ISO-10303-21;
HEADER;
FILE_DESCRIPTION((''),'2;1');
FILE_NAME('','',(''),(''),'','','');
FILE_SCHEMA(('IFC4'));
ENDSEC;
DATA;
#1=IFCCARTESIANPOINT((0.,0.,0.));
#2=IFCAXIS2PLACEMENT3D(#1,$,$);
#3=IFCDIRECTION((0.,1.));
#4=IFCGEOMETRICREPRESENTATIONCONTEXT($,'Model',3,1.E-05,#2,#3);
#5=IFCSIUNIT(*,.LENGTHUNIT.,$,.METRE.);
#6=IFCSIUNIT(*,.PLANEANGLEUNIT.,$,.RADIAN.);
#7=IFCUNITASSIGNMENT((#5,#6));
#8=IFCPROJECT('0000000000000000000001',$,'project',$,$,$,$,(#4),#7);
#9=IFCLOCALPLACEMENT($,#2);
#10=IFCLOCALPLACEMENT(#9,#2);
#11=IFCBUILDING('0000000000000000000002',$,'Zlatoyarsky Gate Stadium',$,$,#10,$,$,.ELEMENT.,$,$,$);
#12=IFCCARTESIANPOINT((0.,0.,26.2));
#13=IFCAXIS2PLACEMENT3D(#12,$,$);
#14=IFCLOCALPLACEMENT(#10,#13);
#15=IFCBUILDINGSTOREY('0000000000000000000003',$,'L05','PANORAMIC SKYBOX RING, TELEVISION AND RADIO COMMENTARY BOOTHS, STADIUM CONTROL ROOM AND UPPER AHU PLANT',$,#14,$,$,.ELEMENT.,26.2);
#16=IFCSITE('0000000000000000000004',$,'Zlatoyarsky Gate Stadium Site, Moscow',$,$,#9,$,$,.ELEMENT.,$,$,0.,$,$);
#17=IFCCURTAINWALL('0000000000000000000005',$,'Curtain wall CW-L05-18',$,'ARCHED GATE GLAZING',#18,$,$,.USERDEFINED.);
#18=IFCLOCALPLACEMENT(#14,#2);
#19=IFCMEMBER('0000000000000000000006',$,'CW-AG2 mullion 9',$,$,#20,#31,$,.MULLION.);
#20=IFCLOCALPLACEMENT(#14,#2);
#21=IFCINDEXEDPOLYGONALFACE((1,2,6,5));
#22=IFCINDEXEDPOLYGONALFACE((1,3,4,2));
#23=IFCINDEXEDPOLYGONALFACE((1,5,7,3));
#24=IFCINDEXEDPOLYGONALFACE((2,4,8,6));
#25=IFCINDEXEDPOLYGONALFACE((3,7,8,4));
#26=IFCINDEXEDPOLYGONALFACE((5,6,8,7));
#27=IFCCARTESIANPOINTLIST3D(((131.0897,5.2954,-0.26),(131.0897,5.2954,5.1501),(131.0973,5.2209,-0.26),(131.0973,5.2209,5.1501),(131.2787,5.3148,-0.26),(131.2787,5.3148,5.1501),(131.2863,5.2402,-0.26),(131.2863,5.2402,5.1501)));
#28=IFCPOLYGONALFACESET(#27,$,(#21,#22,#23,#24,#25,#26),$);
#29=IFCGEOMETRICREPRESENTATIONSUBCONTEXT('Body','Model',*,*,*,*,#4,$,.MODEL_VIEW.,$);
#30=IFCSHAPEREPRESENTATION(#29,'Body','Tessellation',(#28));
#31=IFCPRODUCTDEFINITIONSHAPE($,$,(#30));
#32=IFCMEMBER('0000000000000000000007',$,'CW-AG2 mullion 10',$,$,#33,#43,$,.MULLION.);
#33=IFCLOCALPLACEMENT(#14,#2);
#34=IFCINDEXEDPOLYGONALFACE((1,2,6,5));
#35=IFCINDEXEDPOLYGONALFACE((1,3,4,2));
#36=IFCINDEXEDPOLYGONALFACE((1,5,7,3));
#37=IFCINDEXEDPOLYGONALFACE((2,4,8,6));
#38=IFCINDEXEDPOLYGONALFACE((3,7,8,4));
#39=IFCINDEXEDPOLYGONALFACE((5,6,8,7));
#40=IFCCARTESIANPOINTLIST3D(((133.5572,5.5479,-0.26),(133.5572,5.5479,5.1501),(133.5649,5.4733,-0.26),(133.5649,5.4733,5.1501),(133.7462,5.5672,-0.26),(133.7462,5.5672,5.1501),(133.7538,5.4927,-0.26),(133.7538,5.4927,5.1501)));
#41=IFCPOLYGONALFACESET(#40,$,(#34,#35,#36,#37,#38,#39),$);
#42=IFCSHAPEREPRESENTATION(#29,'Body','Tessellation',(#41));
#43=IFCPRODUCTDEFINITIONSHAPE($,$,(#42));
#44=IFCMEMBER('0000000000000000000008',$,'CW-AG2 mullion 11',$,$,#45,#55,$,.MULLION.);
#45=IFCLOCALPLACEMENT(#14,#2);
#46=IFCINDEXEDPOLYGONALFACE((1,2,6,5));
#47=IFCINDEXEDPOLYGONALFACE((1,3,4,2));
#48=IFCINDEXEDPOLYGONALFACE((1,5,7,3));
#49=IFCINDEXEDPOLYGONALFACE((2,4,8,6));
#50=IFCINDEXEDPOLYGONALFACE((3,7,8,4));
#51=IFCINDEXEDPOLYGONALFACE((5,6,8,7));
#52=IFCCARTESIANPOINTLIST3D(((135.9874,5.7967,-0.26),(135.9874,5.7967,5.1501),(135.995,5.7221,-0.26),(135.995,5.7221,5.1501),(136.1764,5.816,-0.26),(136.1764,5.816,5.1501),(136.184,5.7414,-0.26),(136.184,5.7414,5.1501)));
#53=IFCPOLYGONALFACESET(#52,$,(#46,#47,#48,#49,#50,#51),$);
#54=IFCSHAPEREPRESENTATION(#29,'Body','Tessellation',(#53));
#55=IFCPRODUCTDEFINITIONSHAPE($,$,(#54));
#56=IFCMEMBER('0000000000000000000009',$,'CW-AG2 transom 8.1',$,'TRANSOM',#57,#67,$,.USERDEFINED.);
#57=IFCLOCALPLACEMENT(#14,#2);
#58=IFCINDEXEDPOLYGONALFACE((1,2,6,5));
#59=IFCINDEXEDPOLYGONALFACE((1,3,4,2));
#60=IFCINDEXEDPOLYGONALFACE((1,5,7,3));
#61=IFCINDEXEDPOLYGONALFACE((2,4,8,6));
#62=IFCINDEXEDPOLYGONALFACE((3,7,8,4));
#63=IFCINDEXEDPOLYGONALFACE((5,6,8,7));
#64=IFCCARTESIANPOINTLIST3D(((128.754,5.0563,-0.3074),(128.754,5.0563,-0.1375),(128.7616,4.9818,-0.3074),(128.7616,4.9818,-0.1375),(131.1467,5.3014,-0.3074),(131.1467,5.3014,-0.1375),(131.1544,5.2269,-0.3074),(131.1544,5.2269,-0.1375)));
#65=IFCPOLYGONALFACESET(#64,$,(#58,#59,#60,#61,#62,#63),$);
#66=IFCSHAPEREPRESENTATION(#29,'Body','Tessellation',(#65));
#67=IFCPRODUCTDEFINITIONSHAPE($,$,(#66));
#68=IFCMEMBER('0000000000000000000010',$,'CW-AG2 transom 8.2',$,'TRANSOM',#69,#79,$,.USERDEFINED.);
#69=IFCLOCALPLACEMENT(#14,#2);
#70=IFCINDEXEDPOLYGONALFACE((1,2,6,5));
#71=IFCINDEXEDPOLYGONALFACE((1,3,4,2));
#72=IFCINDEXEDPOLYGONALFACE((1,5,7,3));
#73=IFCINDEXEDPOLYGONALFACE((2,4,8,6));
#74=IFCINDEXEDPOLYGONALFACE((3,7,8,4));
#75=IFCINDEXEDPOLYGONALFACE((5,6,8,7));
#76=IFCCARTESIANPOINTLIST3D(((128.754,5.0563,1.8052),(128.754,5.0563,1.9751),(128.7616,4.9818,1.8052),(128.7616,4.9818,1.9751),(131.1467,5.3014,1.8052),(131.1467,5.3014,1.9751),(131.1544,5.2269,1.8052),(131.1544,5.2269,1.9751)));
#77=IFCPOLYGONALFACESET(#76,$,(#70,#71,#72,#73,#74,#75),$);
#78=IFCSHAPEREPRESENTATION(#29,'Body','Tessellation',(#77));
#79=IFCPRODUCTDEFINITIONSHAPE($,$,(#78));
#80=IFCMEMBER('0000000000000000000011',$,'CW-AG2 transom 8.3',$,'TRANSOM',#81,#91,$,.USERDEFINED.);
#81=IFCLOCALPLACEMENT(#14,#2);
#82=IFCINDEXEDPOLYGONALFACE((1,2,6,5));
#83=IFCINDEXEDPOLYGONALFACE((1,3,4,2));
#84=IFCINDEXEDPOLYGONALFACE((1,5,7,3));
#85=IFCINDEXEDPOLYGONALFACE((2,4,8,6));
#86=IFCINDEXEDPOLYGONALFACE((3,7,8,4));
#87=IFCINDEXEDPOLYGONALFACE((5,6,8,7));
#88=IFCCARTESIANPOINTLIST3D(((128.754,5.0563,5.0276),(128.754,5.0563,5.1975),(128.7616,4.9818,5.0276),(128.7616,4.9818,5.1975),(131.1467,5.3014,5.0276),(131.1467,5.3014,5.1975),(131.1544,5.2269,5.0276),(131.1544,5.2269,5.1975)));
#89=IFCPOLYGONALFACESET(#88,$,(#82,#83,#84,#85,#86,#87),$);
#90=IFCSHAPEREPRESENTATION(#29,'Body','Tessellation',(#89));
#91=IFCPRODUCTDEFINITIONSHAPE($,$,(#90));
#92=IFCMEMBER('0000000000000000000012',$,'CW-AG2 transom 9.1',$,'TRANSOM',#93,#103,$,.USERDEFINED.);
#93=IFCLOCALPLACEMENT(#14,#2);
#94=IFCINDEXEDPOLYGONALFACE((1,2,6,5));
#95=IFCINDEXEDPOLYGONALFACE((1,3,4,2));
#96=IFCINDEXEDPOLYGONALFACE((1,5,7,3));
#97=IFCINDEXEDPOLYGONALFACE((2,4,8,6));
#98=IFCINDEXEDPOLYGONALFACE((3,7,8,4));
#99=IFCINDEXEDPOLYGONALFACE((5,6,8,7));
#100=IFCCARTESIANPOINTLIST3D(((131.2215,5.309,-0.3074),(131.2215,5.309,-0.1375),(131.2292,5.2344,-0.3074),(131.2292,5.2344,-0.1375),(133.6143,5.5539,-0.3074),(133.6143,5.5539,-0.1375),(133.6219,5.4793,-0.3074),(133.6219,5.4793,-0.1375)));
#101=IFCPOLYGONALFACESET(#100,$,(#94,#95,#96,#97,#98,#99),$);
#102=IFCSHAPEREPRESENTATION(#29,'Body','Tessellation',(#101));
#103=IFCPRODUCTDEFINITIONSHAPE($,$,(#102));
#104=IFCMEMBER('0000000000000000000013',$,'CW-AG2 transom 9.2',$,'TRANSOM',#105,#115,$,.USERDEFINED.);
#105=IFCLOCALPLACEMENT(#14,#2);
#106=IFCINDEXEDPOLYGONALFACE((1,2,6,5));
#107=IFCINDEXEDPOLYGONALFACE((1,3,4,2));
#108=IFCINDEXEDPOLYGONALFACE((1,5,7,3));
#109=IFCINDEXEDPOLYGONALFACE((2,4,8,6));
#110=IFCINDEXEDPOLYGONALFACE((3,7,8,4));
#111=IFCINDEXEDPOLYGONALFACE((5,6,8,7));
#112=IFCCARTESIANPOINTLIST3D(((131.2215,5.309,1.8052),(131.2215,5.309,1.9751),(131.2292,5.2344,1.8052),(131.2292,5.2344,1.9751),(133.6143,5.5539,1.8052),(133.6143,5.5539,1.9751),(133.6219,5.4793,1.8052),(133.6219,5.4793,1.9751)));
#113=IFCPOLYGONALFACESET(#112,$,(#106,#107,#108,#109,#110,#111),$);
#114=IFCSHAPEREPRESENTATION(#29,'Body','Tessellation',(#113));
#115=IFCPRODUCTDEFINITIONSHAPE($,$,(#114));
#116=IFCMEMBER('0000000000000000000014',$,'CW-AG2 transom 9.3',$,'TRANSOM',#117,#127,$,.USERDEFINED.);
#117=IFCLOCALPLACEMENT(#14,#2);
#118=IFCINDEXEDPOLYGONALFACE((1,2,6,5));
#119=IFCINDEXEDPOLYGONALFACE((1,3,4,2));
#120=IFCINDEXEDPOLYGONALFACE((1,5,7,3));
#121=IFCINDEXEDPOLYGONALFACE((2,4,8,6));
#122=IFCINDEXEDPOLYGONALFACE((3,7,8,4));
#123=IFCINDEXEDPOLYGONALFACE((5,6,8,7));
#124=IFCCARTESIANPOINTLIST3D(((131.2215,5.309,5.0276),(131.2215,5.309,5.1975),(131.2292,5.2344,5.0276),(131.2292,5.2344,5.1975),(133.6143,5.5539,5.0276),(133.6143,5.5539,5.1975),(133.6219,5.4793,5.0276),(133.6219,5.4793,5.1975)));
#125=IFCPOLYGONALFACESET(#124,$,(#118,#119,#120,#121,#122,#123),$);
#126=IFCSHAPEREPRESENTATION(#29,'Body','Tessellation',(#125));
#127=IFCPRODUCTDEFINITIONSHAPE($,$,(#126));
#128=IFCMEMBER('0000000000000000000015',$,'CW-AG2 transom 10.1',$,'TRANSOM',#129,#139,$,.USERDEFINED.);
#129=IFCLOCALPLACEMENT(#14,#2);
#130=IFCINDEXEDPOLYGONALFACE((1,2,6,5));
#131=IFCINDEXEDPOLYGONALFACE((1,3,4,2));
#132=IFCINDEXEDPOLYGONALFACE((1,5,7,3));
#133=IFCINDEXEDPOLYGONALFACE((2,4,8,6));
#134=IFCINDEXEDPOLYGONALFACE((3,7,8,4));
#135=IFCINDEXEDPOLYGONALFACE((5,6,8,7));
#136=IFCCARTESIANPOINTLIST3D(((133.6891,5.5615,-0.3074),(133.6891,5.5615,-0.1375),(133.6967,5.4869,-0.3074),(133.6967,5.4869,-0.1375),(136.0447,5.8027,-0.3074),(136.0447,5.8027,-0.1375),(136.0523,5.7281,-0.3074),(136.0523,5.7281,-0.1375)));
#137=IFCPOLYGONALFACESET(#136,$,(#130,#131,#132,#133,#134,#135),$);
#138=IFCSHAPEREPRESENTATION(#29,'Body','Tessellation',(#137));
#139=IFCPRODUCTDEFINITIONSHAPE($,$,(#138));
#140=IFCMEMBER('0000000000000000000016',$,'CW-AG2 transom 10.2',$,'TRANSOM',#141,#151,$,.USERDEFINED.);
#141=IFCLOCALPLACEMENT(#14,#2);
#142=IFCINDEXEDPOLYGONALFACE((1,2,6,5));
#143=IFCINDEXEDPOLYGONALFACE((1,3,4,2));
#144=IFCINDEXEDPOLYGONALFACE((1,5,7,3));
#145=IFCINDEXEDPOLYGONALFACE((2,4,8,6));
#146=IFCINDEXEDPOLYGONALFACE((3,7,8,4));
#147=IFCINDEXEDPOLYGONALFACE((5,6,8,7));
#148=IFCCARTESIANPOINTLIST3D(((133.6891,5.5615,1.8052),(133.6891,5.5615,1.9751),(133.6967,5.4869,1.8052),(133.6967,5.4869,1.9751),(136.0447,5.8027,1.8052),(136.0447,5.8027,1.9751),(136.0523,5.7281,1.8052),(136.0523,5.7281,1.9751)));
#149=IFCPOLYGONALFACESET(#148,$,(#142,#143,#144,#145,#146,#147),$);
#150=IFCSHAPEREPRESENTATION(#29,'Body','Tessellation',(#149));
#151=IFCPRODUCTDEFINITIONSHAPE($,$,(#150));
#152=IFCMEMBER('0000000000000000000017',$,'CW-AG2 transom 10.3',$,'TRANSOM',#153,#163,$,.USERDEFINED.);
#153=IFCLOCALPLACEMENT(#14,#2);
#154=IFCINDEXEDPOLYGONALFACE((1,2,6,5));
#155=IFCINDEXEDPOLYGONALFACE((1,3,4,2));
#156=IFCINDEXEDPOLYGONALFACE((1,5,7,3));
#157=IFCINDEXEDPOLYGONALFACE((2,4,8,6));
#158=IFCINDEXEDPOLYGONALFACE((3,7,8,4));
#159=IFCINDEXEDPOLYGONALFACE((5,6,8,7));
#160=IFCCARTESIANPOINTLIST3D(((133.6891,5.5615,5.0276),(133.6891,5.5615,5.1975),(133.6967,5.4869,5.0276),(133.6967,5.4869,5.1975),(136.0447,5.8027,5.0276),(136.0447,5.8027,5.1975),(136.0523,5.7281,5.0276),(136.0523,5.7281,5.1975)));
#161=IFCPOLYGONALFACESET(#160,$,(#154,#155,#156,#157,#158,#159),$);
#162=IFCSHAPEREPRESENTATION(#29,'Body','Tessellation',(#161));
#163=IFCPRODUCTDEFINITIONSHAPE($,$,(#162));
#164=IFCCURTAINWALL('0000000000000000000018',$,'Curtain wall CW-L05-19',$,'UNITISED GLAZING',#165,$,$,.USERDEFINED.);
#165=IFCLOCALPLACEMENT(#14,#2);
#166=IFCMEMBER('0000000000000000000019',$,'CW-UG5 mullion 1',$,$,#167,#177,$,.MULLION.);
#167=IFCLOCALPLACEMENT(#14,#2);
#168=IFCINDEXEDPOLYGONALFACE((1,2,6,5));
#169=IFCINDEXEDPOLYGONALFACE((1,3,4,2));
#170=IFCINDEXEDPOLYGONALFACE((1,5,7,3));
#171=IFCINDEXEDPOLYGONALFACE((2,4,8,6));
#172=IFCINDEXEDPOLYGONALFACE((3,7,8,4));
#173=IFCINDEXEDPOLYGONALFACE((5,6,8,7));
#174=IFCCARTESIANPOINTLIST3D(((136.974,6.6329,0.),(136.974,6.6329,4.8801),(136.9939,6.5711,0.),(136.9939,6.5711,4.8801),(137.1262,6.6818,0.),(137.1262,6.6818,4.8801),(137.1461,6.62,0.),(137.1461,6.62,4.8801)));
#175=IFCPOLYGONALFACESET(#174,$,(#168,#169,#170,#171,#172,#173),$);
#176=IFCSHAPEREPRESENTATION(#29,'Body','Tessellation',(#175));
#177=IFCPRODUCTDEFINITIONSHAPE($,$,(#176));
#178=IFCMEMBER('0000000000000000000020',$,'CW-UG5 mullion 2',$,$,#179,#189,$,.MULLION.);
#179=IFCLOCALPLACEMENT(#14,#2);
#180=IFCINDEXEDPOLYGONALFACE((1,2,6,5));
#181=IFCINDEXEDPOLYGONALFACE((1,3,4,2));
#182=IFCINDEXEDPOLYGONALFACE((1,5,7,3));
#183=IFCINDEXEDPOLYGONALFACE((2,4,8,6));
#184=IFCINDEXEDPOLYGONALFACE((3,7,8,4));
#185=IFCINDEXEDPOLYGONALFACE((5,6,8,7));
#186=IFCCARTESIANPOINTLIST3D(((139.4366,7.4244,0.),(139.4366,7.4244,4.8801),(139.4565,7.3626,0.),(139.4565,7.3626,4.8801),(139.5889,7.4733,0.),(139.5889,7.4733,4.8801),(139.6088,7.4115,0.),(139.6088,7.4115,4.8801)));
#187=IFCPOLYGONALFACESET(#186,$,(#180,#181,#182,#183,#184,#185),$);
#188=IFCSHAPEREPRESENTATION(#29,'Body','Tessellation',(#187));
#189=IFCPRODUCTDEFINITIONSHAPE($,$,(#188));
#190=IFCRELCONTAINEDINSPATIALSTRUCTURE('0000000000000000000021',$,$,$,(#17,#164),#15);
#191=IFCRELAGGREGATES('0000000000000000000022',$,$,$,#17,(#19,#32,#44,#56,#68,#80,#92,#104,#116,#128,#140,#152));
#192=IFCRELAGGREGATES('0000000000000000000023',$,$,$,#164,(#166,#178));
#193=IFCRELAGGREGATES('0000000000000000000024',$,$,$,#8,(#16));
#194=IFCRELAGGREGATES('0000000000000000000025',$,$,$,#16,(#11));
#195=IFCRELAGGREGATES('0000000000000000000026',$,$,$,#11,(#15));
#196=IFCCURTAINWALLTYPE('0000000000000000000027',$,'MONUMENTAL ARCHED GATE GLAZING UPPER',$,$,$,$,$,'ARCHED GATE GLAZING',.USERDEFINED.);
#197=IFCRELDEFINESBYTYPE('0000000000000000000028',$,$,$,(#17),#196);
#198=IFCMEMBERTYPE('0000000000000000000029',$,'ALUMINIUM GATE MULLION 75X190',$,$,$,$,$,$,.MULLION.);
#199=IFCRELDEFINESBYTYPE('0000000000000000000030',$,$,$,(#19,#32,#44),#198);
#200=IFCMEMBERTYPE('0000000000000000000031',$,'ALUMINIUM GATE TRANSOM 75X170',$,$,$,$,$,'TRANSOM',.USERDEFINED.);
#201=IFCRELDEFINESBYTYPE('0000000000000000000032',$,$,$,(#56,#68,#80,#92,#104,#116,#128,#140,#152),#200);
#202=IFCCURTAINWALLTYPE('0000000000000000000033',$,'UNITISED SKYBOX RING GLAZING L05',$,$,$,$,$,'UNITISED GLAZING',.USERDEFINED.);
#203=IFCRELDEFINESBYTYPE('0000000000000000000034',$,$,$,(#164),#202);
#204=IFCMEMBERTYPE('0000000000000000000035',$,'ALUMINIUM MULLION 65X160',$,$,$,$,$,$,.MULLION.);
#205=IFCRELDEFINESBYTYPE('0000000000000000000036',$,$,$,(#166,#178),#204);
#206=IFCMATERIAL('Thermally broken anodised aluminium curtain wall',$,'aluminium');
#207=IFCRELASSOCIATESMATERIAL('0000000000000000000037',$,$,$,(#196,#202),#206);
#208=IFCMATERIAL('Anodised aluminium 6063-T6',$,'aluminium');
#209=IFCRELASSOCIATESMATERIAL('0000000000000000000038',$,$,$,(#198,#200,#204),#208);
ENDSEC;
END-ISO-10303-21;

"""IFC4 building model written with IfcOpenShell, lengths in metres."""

from ifc_helpers import new_model, si_unit, direction, frame, origin, origin_2d, place, context, subcontext, project, spatial, rectangle, extrude, material, material_profile, profile_set, type_object, element, aggregate, save


model = new_model("IFC4")

# Units and contexts
model_context = context("Model", 3, precision=1e-05, world=origin(), true_north=direction((0.0, 1.0)))
body_context = subcontext(model_context, "Body", "Model", "MODEL_VIEW")
ifc_project = project(units=[si_unit("LENGTHUNIT", "METRE"), si_unit("PLANEANGLEUNIT", "RADIAN")], contexts=[model_context])

# Site, building, storey
site_placement = place(None, origin())
site = spatial("IfcSite", under=ifc_project, at=site_placement, Name="Zlatoyarsky Gate Stadium Site, Moscow", CompositionType="ELEMENT", RefElevation=0.0)
building_placement = place(site_placement, origin())
building = spatial("IfcBuilding", under=site, at=building_placement, Name="Zlatoyarsky Gate Stadium", CompositionType="ELEMENT")
storey_placement = place(building_placement, frame((0.0, 0.0, 26.2)))
storey = spatial("IfcBuildingStorey", under=building, at=storey_placement, Name="L05", Description="PANORAMIC SKYBOX RING, TELEVISION AND RADIO COMMENTARY BOOTHS, STADIUM CONTROL ROOM AND UPPER AHU PLANT", CompositionType="ELEMENT", Elevation=26.2)

# Curtain walls, members
ifc_material_1 = material(Name="Thermally broken anodised aluminium curtain wall", Category="aluminium")
curtain_wall_type_1 = type_object("IfcCurtainWallType", Name="MONUMENTAL ARCHED GATE GLAZING UPPER", ElementType="ARCHED GATE GLAZING", PredefinedType="USERDEFINED", material=ifc_material_1)
curtain_wall_1_placement = place(storey_placement, origin())
curtain_wall_1 = element("IfcCurtainWall", 1, at=curtain_wall_1_placement, inside=storey, type_object=curtain_wall_type_1, Name="Curtain wall CW-L05-18", ObjectType="ARCHED GATE GLAZING", PredefinedType="USERDEFINED")
ifc_material_2 = material(Name="Anodised aluminium 6063-T6", Category="aluminium")
ifc_material_profile_1 = material_profile(ifc_material_2, rectangle(XDim=0.075, YDim=0.1899, at=origin_2d()), Name="ALU 75X190")
ifc_profile_set_1 = profile_set([ifc_material_profile_1], Name="Anodised aluminium 6063-T6")
member_type_1 = type_object("IfcMemberType", Name="ALUMINIUM GATE MULLION 75X190", PredefinedType="MULLION", material=ifc_profile_set_1)
member_1_placement = place(storey_placement, frame((131.188, 5.2678, -0.26), z_axis=(0.0, 0.0, 1.0), x_axis=(-0.101805, 0.994804, 0.0)))
member_1 = element("IfcMember", 2, at=member_1_placement, type_object=member_type_1, Name="CW-AG2 mullion 9", PredefinedType="MULLION", context=body_context, shape_type="SweptSolid", body=[
    extrude(rectangle(XDim=0.075, YDim=0.1899, at=origin_2d()), origin(), (0.0, 0.0, 1.0), 5.4102),
])
member_2_placement = place(storey_placement, frame((133.6555, 5.5203, -0.26), z_axis=(0.0, 0.0, 1.0), x_axis=(-0.101805, 0.994804, 0.0)))
member_2 = element("IfcMember", 3, at=member_2_placement, type_object=member_type_1, Name="CW-AG2 mullion 10", PredefinedType="MULLION", context=body_context, shape_type="SweptSolid", body=[
    extrude(rectangle(XDim=0.075, YDim=0.1899, at=origin_2d()), origin(), (0.0, 0.0, 1.0), 5.4102),
])
member_3_placement = place(storey_placement, frame((136.0857, 5.769, -0.26), z_axis=(0.0, 0.0, 1.0), x_axis=(-0.101805, 0.994804, 0.0)))
member_3 = element("IfcMember", 4, at=member_3_placement, type_object=member_type_1, Name="CW-AG2 mullion 11", PredefinedType="MULLION", context=body_context, shape_type="SweptSolid", body=[
    extrude(rectangle(XDim=0.075, YDim=0.1899, at=origin_2d()), origin(), (0.0, 0.0, 1.0), 5.4102),
])
ifc_material_profile_2 = material_profile(ifc_material_2, rectangle(XDim=0.075, YDim=0.1699, at=origin_2d()), Name="ALU 75X170")
ifc_profile_set_2 = profile_set([ifc_material_profile_2], Name="Anodised aluminium 6063-T6")
member_type_2 = type_object("IfcMemberType", Name="ALUMINIUM GATE TRANSOM 75X170", ElementType="TRANSOM", PredefinedType="USERDEFINED", material=ifc_profile_set_2)
member_4_placement = place(storey_placement, frame((128.7578, 5.019, -0.2224), z_axis=(0.994794, 0.101905, 0.0), x_axis=(-0.101905, 0.994794, 0.0)))
member_4 = element("IfcMember", 5, at=member_4_placement, type_object=member_type_2, Name="CW-AG2 transom 8.1", ObjectType="TRANSOM", PredefinedType="USERDEFINED", context=body_context, shape_type="SweptSolid", body=[
    extrude(rectangle(XDim=0.075, YDim=0.1699, at=origin_2d()), origin(), (0.0, 0.0, 1.0), 2.4053),
])
member_5_placement = place(storey_placement, frame((128.7578, 5.019, 1.8901), z_axis=(0.994794, 0.101905, 0.0), x_axis=(-0.101905, 0.994794, 0.0)))
member_5 = element("IfcMember", 6, at=member_5_placement, type_object=member_type_2, Name="CW-AG2 transom 8.2", ObjectType="TRANSOM", PredefinedType="USERDEFINED", context=body_context, shape_type="SweptSolid", body=[
    extrude(rectangle(XDim=0.075, YDim=0.1699, at=origin_2d()), origin(), (0.0, 0.0, 1.0), 2.4053),
])
member_6_placement = place(storey_placement, frame((128.7578, 5.019, 5.1125), z_axis=(0.994794, 0.101905, 0.0), x_axis=(-0.101905, 0.994794, 0.0)))
member_6 = element("IfcMember", 7, at=member_6_placement, type_object=member_type_2, Name="CW-AG2 transom 8.3", ObjectType="TRANSOM", PredefinedType="USERDEFINED", context=body_context, shape_type="SweptSolid", body=[
    extrude(rectangle(XDim=0.075, YDim=0.1699, at=origin_2d()), origin(), (0.0, 0.0, 1.0), 2.4053),
])
member_7_placement = place(storey_placement, frame((131.2253, 5.2717, -0.2224), z_axis=(0.994804, 0.101805, 0.0), x_axis=(-0.101805, 0.994804, 0.0)))
member_7 = element("IfcMember", 8, at=member_7_placement, type_object=member_type_2, Name="CW-AG2 transom 9.1", ObjectType="TRANSOM", PredefinedType="USERDEFINED", context=body_context, shape_type="SweptSolid", body=[
    extrude(rectangle(XDim=0.075, YDim=0.1699, at=origin_2d()), origin(), (0.0, 0.0, 1.0), 2.4053),
])
member_8_placement = place(storey_placement, frame((131.2253, 5.2717, 1.8901), z_axis=(0.994804, 0.101805, 0.0), x_axis=(-0.101805, 0.994804, 0.0)))
member_8 = element("IfcMember", 9, at=member_8_placement, type_object=member_type_2, Name="CW-AG2 transom 9.2", ObjectType="TRANSOM", PredefinedType="USERDEFINED", context=body_context, shape_type="SweptSolid", body=[
    extrude(rectangle(XDim=0.075, YDim=0.1699, at=origin_2d()), origin(), (0.0, 0.0, 1.0), 2.4053),
])
member_9_placement = place(storey_placement, frame((131.2253, 5.2717, 5.1125), z_axis=(0.994804, 0.101805, 0.0), x_axis=(-0.101805, 0.994804, 0.0)))
member_9 = element("IfcMember", 10, at=member_9_placement, type_object=member_type_2, Name="CW-AG2 transom 9.3", ObjectType="TRANSOM", PredefinedType="USERDEFINED", context=body_context, shape_type="SweptSolid", body=[
    extrude(rectangle(XDim=0.075, YDim=0.1699, at=origin_2d()), origin(), (0.0, 0.0, 1.0), 2.4053),
])
member_10_placement = place(storey_placement, frame((133.6929, 5.5242, -0.2224), z_axis=(0.994799, 0.101861, 0.0), x_axis=(-0.101861, 0.994799, 0.0)))
member_10 = element("IfcMember", 11, at=member_10_placement, type_object=member_type_2, Name="CW-AG2 transom 10.1", ObjectType="TRANSOM", PredefinedType="USERDEFINED", context=body_context, shape_type="SweptSolid", body=[
    extrude(rectangle(XDim=0.075, YDim=0.1699, at=origin_2d()), origin(), (0.0, 0.0, 1.0), 2.3679),
])
member_11_placement = place(storey_placement, frame((133.6929, 5.5242, 1.8901), z_axis=(0.994799, 0.101861, 0.0), x_axis=(-0.101861, 0.994799, 0.0)))
member_11 = element("IfcMember", 12, at=member_11_placement, type_object=member_type_2, Name="CW-AG2 transom 10.2", ObjectType="TRANSOM", PredefinedType="USERDEFINED", context=body_context, shape_type="SweptSolid", body=[
    extrude(rectangle(XDim=0.075, YDim=0.1699, at=origin_2d()), origin(), (0.0, 0.0, 1.0), 2.3679),
])
member_12_placement = place(storey_placement, frame((133.6929, 5.5242, 5.1125), z_axis=(0.994799, 0.101861, 0.0), x_axis=(-0.101861, 0.994799, 0.0)))
member_12 = element("IfcMember", 13, at=member_12_placement, type_object=member_type_2, Name="CW-AG2 transom 10.3", ObjectType="TRANSOM", PredefinedType="USERDEFINED", context=body_context, shape_type="SweptSolid", body=[
    extrude(rectangle(XDim=0.075, YDim=0.1699, at=origin_2d()), origin(), (0.0, 0.0, 1.0), 2.3679),
])
curtain_wall_type_2 = type_object("IfcCurtainWallType", Name="UNITISED SKYBOX RING GLAZING L05", ElementType="UNITISED GLAZING", PredefinedType="USERDEFINED", material=ifc_material_1)
curtain_wall_2_placement = place(storey_placement, origin())
curtain_wall_2 = element("IfcCurtainWall", 14, at=curtain_wall_2_placement, inside=storey, type_object=curtain_wall_type_2, Name="Curtain wall CW-L05-19", ObjectType="UNITISED GLAZING", PredefinedType="USERDEFINED")
ifc_material_profile_3 = material_profile(ifc_material_2, rectangle(XDim=0.0649, YDim=0.1599, at=origin_2d()), Name="ALU 65X160")
ifc_profile_set_3 = profile_set([ifc_material_profile_3], Name="Anodised aluminium 6063-T6")
member_type_3 = type_object("IfcMemberType", Name="ALUMINIUM MULLION 65X160", PredefinedType="MULLION", material=ifc_profile_set_3)
member_13_placement = place(storey_placement, frame((137.0601, 6.6265, 0.0), z_axis=(0.0, 0.0, 1.0), x_axis=(-0.305978, 0.952039, 0.0)))
member_13 = element("IfcMember", 15, at=member_13_placement, type_object=member_type_3, Name="CW-UG5 mullion 1", PredefinedType="MULLION", context=body_context, shape_type="SweptSolid", body=[
    extrude(rectangle(XDim=0.0649, YDim=0.1599, at=origin_2d()), origin(), (0.0, 0.0, 1.0), 4.8801),
])
member_14_placement = place(storey_placement, frame((139.5227, 7.418, 0.0), z_axis=(0.0, 0.0, 1.0), x_axis=(-0.305978, 0.952039, 0.0)))
member_14 = element("IfcMember", 16, at=member_14_placement, type_object=member_type_3, Name="CW-UG5 mullion 2", PredefinedType="MULLION", context=body_context, shape_type="SweptSolid", body=[
    extrude(rectangle(XDim=0.0649, YDim=0.1599, at=origin_2d()), origin(), (0.0, 0.0, 1.0), 4.8801),
])

aggregate(curtain_wall_1, [member_1, member_2, member_3, member_4, member_5, member_6, member_7, member_8, member_9, member_10, member_11, member_12])

aggregate(curtain_wall_2, [member_13, member_14])

save(model, "model.ifc")
